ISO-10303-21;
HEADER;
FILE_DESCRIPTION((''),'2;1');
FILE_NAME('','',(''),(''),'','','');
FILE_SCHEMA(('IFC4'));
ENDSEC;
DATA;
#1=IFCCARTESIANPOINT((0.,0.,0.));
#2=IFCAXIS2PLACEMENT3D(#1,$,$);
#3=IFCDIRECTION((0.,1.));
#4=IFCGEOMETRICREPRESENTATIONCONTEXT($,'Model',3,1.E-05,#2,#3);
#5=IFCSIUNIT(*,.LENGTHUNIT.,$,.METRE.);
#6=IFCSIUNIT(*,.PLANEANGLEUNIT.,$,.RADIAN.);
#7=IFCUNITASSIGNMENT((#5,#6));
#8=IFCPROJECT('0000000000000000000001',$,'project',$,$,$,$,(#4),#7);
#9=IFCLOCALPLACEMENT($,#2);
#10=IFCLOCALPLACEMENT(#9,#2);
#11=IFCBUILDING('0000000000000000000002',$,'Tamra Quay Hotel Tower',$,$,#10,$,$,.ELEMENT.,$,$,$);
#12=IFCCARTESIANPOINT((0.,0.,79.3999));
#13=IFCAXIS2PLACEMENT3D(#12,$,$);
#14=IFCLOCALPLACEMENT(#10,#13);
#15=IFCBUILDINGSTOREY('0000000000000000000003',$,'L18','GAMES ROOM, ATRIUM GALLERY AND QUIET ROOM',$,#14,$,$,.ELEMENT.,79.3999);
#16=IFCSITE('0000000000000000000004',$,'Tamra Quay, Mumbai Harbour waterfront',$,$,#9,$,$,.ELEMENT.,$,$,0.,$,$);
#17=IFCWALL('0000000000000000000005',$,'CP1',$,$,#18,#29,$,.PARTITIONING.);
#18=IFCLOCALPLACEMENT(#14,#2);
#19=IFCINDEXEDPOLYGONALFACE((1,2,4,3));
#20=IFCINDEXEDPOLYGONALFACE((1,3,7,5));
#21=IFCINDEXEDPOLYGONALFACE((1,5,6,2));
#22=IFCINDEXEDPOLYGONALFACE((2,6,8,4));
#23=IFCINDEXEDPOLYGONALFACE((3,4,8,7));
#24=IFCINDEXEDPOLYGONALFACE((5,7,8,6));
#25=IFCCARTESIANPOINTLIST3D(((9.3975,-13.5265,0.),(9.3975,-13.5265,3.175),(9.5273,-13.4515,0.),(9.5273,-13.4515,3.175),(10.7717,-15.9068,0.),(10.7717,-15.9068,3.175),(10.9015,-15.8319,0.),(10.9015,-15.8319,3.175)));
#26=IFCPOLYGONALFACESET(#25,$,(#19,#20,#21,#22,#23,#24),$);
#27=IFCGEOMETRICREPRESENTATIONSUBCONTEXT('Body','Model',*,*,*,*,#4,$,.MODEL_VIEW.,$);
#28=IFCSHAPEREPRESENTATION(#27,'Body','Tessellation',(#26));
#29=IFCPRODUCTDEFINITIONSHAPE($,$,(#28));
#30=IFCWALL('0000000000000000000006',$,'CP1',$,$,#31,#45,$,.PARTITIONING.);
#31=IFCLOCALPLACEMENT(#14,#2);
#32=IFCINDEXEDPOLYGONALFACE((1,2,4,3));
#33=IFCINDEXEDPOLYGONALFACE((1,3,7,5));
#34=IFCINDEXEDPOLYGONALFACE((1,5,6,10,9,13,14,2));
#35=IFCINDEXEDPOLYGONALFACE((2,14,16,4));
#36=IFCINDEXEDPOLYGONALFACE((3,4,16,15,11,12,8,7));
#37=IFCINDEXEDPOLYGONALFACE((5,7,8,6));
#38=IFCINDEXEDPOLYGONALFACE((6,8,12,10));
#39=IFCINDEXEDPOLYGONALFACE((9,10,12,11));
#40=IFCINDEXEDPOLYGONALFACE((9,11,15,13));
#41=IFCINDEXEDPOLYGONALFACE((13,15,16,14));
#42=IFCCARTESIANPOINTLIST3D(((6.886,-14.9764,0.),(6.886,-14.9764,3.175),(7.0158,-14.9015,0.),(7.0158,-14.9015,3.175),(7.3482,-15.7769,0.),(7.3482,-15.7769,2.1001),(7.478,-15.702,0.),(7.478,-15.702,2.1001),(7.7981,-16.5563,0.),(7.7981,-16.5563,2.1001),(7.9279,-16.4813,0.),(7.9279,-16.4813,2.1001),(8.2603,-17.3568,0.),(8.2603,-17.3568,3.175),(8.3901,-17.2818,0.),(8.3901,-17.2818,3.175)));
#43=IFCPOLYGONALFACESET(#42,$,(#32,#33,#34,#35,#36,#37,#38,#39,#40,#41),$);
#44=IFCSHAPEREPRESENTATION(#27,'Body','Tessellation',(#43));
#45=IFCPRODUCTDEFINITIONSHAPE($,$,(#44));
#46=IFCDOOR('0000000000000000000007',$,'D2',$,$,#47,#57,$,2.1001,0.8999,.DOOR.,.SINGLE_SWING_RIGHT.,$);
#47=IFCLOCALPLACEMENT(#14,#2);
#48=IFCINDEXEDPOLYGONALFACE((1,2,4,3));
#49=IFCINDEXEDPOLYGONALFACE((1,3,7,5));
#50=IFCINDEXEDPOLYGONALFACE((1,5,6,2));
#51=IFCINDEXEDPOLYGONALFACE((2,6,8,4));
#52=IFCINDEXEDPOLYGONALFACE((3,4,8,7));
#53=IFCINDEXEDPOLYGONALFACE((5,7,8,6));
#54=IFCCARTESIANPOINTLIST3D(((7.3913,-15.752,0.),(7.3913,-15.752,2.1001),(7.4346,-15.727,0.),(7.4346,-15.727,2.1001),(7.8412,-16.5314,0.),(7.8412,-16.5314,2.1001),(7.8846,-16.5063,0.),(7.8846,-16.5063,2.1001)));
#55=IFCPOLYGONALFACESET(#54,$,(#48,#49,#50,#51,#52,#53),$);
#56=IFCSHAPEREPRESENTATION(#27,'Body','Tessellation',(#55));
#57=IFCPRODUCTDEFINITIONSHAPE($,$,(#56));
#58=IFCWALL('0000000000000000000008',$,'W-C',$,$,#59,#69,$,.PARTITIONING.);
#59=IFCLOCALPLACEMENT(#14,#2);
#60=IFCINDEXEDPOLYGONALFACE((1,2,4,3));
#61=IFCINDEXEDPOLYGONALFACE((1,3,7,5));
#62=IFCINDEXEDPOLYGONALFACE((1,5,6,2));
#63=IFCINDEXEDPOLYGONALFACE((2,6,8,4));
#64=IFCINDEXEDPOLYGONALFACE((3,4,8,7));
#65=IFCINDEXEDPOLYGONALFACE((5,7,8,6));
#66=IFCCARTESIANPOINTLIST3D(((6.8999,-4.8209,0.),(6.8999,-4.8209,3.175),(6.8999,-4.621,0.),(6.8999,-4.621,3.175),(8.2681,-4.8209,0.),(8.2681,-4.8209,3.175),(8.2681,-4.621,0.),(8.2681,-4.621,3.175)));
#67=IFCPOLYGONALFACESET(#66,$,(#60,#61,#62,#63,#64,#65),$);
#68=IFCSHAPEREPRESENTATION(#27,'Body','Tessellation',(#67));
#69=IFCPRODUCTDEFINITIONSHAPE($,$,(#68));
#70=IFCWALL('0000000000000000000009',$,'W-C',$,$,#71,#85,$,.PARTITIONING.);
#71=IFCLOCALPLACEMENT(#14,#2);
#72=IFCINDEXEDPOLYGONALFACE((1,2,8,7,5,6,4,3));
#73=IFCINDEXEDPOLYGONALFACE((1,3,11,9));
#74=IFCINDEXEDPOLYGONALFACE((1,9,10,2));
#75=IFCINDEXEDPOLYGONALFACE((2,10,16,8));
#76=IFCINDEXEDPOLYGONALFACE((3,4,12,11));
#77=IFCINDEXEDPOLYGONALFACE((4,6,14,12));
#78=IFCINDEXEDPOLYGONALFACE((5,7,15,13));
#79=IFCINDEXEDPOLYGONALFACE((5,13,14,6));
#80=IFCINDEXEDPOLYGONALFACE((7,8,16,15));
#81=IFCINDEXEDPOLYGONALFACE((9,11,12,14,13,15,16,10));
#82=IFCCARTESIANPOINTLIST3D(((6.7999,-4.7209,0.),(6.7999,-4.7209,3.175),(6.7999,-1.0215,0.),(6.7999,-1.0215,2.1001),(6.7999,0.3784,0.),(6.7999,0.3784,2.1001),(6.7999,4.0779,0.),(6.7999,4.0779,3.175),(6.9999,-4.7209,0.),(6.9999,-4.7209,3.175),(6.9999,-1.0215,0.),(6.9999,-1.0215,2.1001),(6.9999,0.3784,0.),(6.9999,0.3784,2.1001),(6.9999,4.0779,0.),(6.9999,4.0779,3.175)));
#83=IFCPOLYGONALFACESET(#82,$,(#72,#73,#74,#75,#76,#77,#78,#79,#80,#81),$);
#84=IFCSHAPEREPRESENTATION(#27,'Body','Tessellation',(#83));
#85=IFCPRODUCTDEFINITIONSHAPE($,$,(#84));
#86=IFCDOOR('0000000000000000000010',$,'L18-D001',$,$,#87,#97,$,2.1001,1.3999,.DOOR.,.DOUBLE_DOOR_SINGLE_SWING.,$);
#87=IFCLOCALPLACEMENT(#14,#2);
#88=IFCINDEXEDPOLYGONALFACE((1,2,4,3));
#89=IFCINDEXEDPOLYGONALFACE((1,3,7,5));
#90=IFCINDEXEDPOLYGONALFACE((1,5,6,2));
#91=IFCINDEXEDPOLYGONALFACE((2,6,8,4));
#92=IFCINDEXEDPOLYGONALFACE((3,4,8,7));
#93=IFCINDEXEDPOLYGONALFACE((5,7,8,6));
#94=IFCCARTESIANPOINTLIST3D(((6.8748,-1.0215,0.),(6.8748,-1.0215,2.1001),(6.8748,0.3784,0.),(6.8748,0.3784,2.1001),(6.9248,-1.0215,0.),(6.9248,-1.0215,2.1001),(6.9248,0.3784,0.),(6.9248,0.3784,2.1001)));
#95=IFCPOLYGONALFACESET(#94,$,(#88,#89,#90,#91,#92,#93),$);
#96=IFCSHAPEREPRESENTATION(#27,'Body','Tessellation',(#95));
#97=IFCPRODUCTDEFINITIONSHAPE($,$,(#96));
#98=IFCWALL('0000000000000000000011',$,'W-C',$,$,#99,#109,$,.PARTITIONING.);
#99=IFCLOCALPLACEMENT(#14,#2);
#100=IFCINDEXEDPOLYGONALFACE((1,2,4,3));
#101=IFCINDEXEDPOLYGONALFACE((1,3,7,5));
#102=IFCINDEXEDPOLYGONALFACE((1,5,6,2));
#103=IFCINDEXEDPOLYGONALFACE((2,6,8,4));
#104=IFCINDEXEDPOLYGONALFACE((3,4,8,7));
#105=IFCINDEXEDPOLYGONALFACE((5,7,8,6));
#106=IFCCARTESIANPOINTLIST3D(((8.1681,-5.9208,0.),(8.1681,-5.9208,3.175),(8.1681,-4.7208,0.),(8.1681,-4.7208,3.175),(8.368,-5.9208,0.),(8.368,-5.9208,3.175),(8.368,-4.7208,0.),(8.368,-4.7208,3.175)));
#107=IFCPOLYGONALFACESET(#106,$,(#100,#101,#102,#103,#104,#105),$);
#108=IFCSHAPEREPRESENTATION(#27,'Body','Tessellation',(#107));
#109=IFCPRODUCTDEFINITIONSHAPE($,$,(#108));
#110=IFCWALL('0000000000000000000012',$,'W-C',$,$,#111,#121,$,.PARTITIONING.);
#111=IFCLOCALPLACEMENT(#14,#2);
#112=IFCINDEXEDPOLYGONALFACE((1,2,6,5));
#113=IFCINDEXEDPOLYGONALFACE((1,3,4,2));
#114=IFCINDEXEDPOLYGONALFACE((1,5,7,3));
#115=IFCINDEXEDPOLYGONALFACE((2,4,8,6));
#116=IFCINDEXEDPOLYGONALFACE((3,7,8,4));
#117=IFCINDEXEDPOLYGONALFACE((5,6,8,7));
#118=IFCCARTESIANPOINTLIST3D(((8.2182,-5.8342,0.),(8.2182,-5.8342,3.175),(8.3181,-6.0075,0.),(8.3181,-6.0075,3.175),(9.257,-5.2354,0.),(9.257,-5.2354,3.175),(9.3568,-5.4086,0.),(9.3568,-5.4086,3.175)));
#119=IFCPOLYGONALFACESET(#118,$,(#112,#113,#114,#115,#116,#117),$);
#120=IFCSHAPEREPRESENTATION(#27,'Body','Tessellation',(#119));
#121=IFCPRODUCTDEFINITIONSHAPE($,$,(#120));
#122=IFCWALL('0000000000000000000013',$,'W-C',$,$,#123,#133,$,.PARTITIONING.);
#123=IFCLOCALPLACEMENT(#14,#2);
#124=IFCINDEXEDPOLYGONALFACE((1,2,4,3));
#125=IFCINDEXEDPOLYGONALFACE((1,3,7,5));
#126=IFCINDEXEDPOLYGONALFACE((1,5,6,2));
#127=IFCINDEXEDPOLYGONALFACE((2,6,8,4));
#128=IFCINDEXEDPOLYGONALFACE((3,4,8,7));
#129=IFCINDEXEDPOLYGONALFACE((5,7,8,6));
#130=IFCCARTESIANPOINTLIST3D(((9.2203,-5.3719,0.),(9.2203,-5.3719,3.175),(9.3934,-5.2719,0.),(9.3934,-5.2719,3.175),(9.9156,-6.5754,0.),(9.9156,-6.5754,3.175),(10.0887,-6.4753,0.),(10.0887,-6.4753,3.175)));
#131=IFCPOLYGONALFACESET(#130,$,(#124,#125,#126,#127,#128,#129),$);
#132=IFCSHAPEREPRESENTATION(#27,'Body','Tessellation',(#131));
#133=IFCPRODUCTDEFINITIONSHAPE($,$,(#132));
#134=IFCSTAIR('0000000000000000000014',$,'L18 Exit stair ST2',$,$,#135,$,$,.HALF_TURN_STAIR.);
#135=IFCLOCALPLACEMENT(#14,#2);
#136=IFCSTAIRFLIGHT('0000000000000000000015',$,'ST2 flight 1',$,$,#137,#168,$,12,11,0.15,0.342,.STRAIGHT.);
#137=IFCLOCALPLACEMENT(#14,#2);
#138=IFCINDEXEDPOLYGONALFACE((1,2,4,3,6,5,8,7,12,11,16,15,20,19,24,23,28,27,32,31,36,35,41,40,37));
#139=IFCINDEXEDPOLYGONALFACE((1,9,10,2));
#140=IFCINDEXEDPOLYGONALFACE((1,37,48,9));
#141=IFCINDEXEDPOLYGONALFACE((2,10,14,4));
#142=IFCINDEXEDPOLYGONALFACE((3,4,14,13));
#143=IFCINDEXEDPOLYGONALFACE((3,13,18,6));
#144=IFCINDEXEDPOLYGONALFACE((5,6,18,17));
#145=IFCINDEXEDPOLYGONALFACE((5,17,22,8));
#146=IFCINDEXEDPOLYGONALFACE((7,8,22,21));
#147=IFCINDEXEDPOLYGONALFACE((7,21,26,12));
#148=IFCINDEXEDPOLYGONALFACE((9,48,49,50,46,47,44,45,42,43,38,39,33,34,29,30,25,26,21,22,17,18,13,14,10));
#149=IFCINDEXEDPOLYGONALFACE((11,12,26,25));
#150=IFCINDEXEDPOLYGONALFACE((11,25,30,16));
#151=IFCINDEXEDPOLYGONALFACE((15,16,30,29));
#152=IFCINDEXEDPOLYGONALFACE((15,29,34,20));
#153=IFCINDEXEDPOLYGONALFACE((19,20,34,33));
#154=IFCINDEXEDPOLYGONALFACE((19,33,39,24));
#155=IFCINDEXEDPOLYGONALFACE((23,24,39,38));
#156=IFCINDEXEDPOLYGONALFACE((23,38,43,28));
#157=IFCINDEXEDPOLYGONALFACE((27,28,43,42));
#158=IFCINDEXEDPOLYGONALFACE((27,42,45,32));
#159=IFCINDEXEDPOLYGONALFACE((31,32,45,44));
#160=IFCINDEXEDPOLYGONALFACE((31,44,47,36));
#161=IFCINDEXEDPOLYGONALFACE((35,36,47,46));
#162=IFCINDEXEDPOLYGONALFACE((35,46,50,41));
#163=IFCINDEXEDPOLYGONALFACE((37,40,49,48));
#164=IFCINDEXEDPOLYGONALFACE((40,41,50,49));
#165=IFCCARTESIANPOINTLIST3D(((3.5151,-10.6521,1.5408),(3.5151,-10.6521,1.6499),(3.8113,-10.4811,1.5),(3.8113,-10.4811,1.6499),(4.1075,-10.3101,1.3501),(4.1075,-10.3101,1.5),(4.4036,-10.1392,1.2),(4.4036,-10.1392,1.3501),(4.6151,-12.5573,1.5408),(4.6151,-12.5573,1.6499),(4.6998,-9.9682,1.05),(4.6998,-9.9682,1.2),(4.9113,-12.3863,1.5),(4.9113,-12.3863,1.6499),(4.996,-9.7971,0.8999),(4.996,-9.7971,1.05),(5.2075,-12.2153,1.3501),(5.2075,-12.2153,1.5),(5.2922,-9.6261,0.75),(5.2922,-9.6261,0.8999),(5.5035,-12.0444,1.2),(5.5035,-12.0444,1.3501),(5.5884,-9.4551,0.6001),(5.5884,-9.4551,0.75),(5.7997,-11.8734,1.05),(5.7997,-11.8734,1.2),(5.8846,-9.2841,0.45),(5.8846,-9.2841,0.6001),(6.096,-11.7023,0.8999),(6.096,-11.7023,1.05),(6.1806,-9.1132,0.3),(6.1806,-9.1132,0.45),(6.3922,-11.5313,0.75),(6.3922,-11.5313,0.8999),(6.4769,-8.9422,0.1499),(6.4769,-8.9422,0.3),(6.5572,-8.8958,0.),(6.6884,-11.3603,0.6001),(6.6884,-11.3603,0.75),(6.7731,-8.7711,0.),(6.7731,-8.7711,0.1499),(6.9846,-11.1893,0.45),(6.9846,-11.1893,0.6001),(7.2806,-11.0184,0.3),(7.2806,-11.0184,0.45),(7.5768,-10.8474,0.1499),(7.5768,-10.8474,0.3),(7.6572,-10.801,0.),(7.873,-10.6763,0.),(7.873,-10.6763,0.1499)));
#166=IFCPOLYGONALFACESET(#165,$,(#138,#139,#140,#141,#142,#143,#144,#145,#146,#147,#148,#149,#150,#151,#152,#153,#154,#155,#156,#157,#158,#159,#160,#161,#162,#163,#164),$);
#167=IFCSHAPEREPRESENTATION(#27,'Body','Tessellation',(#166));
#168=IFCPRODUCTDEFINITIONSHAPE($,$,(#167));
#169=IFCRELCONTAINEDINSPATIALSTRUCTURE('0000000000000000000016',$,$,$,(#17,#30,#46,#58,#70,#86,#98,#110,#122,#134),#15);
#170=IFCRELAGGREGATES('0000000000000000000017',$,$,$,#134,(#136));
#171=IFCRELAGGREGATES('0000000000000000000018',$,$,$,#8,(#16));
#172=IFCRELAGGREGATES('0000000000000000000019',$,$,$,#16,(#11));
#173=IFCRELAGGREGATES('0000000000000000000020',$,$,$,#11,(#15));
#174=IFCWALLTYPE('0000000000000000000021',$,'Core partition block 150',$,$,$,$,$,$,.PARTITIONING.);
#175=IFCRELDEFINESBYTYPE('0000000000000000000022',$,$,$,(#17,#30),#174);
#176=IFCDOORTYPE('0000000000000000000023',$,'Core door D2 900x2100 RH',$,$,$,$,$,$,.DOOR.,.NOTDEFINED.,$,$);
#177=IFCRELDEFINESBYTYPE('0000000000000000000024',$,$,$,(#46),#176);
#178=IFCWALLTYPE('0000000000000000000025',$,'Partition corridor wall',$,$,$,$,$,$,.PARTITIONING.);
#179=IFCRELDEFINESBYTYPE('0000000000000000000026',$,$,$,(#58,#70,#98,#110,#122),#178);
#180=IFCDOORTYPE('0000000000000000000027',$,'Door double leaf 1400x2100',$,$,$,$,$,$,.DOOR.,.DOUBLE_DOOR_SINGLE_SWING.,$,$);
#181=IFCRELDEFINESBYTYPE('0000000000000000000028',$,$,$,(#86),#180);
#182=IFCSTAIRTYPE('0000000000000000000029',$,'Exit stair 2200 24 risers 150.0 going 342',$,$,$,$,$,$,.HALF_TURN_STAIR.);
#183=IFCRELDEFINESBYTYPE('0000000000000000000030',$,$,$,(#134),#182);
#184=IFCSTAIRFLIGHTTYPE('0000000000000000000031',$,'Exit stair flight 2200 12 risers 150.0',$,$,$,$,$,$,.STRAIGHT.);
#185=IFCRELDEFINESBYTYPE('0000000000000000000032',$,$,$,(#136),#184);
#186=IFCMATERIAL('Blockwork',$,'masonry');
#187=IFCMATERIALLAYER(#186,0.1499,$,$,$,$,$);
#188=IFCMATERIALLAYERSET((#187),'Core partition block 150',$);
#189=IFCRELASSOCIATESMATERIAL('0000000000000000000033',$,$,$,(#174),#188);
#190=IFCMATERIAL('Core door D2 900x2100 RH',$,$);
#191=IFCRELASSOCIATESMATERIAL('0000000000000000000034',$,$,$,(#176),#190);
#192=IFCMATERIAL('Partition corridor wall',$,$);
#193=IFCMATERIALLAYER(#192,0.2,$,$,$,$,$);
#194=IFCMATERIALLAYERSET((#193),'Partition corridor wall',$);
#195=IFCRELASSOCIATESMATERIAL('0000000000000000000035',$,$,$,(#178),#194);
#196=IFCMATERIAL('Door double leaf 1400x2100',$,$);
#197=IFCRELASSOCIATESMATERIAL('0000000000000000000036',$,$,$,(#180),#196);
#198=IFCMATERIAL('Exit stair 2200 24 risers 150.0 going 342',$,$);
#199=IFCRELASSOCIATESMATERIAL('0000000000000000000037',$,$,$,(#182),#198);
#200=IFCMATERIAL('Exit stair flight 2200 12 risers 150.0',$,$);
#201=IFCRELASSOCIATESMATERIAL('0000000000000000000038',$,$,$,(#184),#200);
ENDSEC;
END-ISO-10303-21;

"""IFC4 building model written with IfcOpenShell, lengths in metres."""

from ifc_helpers import new_model, si_unit, direction, frame, frame_2d, origin, place, context, subcontext, project, spatial, polyline, rectangle, outline, extrude, material, layer, layer_set, type_object, element, fill, aggregate, save


model = new_model("IFC4")

# Units and contexts
model_context = context("Model", 3, precision=1e-05, world=origin(), true_north=direction((0.0, 1.0)))
body_context = subcontext(model_context, "Body", "Model", "MODEL_VIEW")
ifc_project = project(units=[si_unit("LENGTHUNIT", "METRE"), si_unit("PLANEANGLEUNIT", "RADIAN")], contexts=[model_context])

# Site, building, storey
site_placement = place(None, origin())
site = spatial("IfcSite", under=ifc_project, at=site_placement, Name="Tamra Quay, Mumbai Harbour waterfront", CompositionType="ELEMENT", RefElevation=0.0)
building_placement = place(site_placement, origin())
building = spatial("IfcBuilding", under=site, at=building_placement, Name="Tamra Quay Hotel Tower", CompositionType="ELEMENT")
storey_placement = place(building_placement, frame((0.0, 0.0, 79.3999)))
storey = spatial("IfcBuildingStorey", under=building, at=storey_placement, Name="L18", Description="GAMES ROOM, ATRIUM GALLERY AND QUIET ROOM", CompositionType="ELEMENT", Elevation=79.3999)

# Shared definitions
ifc_material_1 = material(Name="Blockwork", Category="masonry")
ifc_layer_1 = layer(ifc_material_1, 0.1499)
ifc_layer_set_1 = layer_set([ifc_layer_1], Name="Core partition block 150")
wall_type_1 = type_object("IfcWallType", Name="Core partition block 150", PredefinedType="PARTITIONING", material=ifc_layer_set_1)

# Wall
wall_1_placement = place(storey_placement, frame((9.4624, -13.489, 0.0), z_axis=(0.0, 0.0, 1.0), x_axis=(0.499989, -0.866032, 0.0)))
element("IfcWall", 1, at=wall_1_placement, inside=storey, type_object=wall_type_1, Name="CP1", PredefinedType="PARTITIONING", context=body_context, shape_type="SweptSolid", body=[
    extrude(rectangle(XDim=2.7485, YDim=0.1499, at=frame_2d((1.3743, 0.0))), origin(), (0.0, 0.0, 1.0), 3.175),
])

# Wall, opening, door
wall_2_placement = place(storey_placement, frame((6.9509, -14.939, 0.0), z_axis=(0.0, 0.0, 1.0), x_axis=(0.499989, -0.866032, 0.0)))
wall_2 = element("IfcWall", 2, at=wall_2_placement, inside=storey, type_object=wall_type_1, Name="CP1", PredefinedType="PARTITIONING", context=body_context, shape_type="SweptSolid", body=[
    extrude(rectangle(XDim=2.7485, YDim=0.1499, at=frame_2d((1.3743, 0.0))), origin(), (0.0, 0.0, 1.0), 3.175),
])
opening_1_placement = place(wall_2_placement, frame((0.9243, 0.0, 0.0)))
opening_1 = element("IfcOpeningElement", 3, at=opening_1_placement, cuts=wall_2, PredefinedType="OPENING", context=body_context, shape_type="SweptSolid", body=[
    extrude(rectangle(XDim=0.8999, YDim=2.1001, at=frame_2d((0.45, 1.05))), frame((0.0, 0.085, 0.0), z_axis=(0.0, -1.0, 0.0), x_axis=(1.0, 0.0, 0.0)), (0.0, 0.0, 1.0), 0.1699),
])
ifc_material_2 = material(Name="Core door D2 900x2100 RH")
door_type_1 = type_object("IfcDoorType", Name="Core door D2 900x2100 RH", OperationType="NOTDEFINED", PredefinedType="DOOR", material=ifc_material_2)
door_1_placement = place(opening_1_placement, origin())
door_1 = element("IfcDoor", 4, at=door_1_placement, inside=storey, type_object=door_type_1, Name="D2", OperationType="SINGLE_SWING_RIGHT", OverallHeight=2.1001, OverallWidth=0.8999, PredefinedType="DOOR", context=body_context, shape_type="SweptSolid", body=[
    extrude(rectangle(XDim=0.8999, YDim=2.1001, at=frame_2d((0.45, 1.05))), frame((0.0, 0.0249, 0.0), z_axis=(0.0, -1.0, 0.0), x_axis=(1.0, 0.0, 0.0)), (0.0, 0.0, 1.0), 0.05),
])
fill(opening_1, door_1)

# Wall
ifc_material_3 = material(Name="Partition corridor wall")
ifc_layer_2 = layer(ifc_material_3, 0.2)
ifc_layer_set_2 = layer_set([ifc_layer_2], Name="Partition corridor wall")
wall_type_2 = type_object("IfcWallType", Name="Partition corridor wall", PredefinedType="PARTITIONING", material=ifc_layer_set_2)
wall_3_placement = place(storey_placement, frame((6.8999, -4.7209, 0.0), z_axis=(0.0, 0.0, 1.0), x_axis=(1.0, 0.0, 0.0)))
element("IfcWall", 5, at=wall_3_placement, inside=storey, type_object=wall_type_2, Name="W-C", PredefinedType="PARTITIONING", context=body_context, shape_type="SweptSolid", body=[
    extrude(rectangle(XDim=1.3682, YDim=0.2, at=frame_2d((0.6841, 0.0))), origin(), (0.0, 0.0, 1.0), 3.175),
])

# Wall, opening, door
wall_4_placement = place(storey_placement, frame((6.8999, -4.7209, 0.0), z_axis=(0.0, 0.0, 1.0), x_axis=(0.0, 1.0, 0.0)))
wall_4 = element("IfcWall", 6, at=wall_4_placement, inside=storey, type_object=wall_type_2, Name="W-C", PredefinedType="PARTITIONING", context=body_context, shape_type="SweptSolid", body=[
    extrude(rectangle(XDim=8.7988, YDim=0.2, at=frame_2d((4.3994, 0.0))), origin(), (0.0, 0.0, 1.0), 3.175),
])
opening_2_placement = place(wall_4_placement, frame((3.6995, 0.0, 0.0)))
opening_2 = element("IfcOpeningElement", 7, at=opening_2_placement, cuts=wall_4, PredefinedType="OPENING", context=body_context, shape_type="SweptSolid", body=[
    extrude(rectangle(XDim=1.3999, YDim=2.1001, at=frame_2d((0.7, 1.05))), frame((0.0, 0.1099, 0.0), z_axis=(0.0, -1.0, 0.0), x_axis=(1.0, 0.0, 0.0)), (0.0, 0.0, 1.0), 0.22),
])
ifc_material_4 = material(Name="Door double leaf 1400x2100")
door_type_2 = type_object("IfcDoorType", Name="Door double leaf 1400x2100", OperationType="DOUBLE_DOOR_SINGLE_SWING", PredefinedType="DOOR", material=ifc_material_4)
door_2_placement = place(opening_2_placement, frame((1.3999, 0.0, 0.0), z_axis=(0.0, 0.0, 1.0), x_axis=(-1.0, 0.0, 0.0)))
door_2 = element("IfcDoor", 8, at=door_2_placement, inside=storey, type_object=door_type_2, Name="L18-D001", OperationType="DOUBLE_DOOR_SINGLE_SWING", OverallHeight=2.1001, OverallWidth=1.3999, PredefinedType="DOOR", context=body_context, shape_type="SweptSolid", body=[
    extrude(rectangle(XDim=1.3999, YDim=2.1001, at=frame_2d((0.7, 1.05))), frame((0.0, 0.0249, 0.0), z_axis=(0.0, -1.0, 0.0), x_axis=(1.0, 0.0, 0.0)), (0.0, 0.0, 1.0), 0.05),
])
fill(opening_2, door_2)

# Walls
wall_5_placement = place(storey_placement, frame((8.2681, -5.9209, 0.0), z_axis=(0.0, 0.0, 1.0), x_axis=(0.0, 1.0, 0.0)))
element("IfcWall", 9, at=wall_5_placement, inside=storey, type_object=wall_type_2, Name="W-C", PredefinedType="PARTITIONING", context=body_context, shape_type="SweptSolid", body=[
    extrude(rectangle(XDim=1.2, YDim=0.2, at=frame_2d((0.6001, 0.0))), origin(), (0.0, 0.0, 1.0), 3.175),
])
wall_6_placement = place(storey_placement, frame((8.2681, -5.9209, 0.0), z_axis=(0.0, 0.0, 1.0), x_axis=(0.866345, 0.499446, 0.0)))
element("IfcWall", 10, at=wall_6_placement, inside=storey, type_object=wall_type_2, Name="W-C", PredefinedType="PARTITIONING", context=body_context, shape_type="SweptSolid", body=[
    extrude(rectangle(XDim=1.199, YDim=0.2, at=frame_2d((0.5996, 0.0))), origin(), (0.0, 0.0, 1.0), 3.175),
])
wall_7_placement = place(storey_placement, frame((9.3069, -5.322, 0.0), z_axis=(0.0, 0.0, 1.0), x_axis=(0.500295, -0.865855, 0.0)))
element("IfcWall", 11, at=wall_7_placement, inside=storey, type_object=wall_type_2, Name="W-C", PredefinedType="PARTITIONING", context=body_context, shape_type="SweptSolid", body=[
    extrude(rectangle(XDim=1.3899, YDim=0.2, at=frame_2d((0.6948, 0.0))), origin(), (0.0, 0.0, 1.0), 3.175),
])

# Stair, stair flight
ifc_material_5 = material(Name="Exit stair 2200 24 risers 150.0 going 342")
stair_type = type_object("IfcStairType", Name="Exit stair 2200 24 risers 150.0 going 342", PredefinedType="HALF_TURN_STAIR", material=ifc_material_5)
stair_placement = place(storey_placement, origin())
stair = element("IfcStair", 12, at=stair_placement, inside=storey, type_object=stair_type, Name="L18 Exit stair ST2", PredefinedType="HALF_TURN_STAIR")
ifc_material_6 = material(Name="Exit stair flight 2200 12 risers 150.0")
stair_flight_type = type_object("IfcStairFlightType", Name="Exit stair flight 2200 12 risers 150.0", PredefinedType="STRAIGHT", material=ifc_material_6)
stair_flight_1_placement = place(storey_placement, frame((7.323, -9.7236, 0.0), z_axis=(0.0, 0.0, 1.0), x_axis=(-0.866025, -0.5, 0.0)))
stair_flight_1 = element("IfcStairFlight", 13, at=stair_flight_1_placement, type_object=stair_flight_type, Name="ST2 flight 1", NumberOfRisers=12, NumberOfTreads=11, PredefinedType="STRAIGHT", RiserHeight=0.15, TreadLength=0.342, context=body_context, shape_type="SweptSolid", body=[
    extrude(outline(polyline([(0.0, 0.0), (0.0, 0.1499), (0.342, 0.1499), (0.342, 0.3), (0.6841, 0.3), (0.6841, 0.45), (1.0259, 0.45), (1.0259, 0.6001), (1.3679, 0.6001), (1.3679, 0.75), (1.71, 0.75), (1.71, 0.8999), (2.052, 0.8999), (2.052, 1.05), (2.394, 1.05), (2.394, 1.2), (2.7361, 1.2), (2.7361, 1.3501), (3.0779, 1.3501), (3.0779, 1.5), (3.4199, 1.5), (3.4199, 1.6499), (3.762, 1.6499), (3.762, 1.8), (3.762, 1.5408), (0.2493, 0.0), (0.0, 0.0)])), frame((0.0, 1.1001, 0.0), z_axis=(0.0, -1.0, 0.0), x_axis=(1.0, 0.0, 0.0)), (0.0, 0.0, 1.0), 2.2),
])
aggregate(stair, [stair_flight_1])

save(model, "model.ifc")
